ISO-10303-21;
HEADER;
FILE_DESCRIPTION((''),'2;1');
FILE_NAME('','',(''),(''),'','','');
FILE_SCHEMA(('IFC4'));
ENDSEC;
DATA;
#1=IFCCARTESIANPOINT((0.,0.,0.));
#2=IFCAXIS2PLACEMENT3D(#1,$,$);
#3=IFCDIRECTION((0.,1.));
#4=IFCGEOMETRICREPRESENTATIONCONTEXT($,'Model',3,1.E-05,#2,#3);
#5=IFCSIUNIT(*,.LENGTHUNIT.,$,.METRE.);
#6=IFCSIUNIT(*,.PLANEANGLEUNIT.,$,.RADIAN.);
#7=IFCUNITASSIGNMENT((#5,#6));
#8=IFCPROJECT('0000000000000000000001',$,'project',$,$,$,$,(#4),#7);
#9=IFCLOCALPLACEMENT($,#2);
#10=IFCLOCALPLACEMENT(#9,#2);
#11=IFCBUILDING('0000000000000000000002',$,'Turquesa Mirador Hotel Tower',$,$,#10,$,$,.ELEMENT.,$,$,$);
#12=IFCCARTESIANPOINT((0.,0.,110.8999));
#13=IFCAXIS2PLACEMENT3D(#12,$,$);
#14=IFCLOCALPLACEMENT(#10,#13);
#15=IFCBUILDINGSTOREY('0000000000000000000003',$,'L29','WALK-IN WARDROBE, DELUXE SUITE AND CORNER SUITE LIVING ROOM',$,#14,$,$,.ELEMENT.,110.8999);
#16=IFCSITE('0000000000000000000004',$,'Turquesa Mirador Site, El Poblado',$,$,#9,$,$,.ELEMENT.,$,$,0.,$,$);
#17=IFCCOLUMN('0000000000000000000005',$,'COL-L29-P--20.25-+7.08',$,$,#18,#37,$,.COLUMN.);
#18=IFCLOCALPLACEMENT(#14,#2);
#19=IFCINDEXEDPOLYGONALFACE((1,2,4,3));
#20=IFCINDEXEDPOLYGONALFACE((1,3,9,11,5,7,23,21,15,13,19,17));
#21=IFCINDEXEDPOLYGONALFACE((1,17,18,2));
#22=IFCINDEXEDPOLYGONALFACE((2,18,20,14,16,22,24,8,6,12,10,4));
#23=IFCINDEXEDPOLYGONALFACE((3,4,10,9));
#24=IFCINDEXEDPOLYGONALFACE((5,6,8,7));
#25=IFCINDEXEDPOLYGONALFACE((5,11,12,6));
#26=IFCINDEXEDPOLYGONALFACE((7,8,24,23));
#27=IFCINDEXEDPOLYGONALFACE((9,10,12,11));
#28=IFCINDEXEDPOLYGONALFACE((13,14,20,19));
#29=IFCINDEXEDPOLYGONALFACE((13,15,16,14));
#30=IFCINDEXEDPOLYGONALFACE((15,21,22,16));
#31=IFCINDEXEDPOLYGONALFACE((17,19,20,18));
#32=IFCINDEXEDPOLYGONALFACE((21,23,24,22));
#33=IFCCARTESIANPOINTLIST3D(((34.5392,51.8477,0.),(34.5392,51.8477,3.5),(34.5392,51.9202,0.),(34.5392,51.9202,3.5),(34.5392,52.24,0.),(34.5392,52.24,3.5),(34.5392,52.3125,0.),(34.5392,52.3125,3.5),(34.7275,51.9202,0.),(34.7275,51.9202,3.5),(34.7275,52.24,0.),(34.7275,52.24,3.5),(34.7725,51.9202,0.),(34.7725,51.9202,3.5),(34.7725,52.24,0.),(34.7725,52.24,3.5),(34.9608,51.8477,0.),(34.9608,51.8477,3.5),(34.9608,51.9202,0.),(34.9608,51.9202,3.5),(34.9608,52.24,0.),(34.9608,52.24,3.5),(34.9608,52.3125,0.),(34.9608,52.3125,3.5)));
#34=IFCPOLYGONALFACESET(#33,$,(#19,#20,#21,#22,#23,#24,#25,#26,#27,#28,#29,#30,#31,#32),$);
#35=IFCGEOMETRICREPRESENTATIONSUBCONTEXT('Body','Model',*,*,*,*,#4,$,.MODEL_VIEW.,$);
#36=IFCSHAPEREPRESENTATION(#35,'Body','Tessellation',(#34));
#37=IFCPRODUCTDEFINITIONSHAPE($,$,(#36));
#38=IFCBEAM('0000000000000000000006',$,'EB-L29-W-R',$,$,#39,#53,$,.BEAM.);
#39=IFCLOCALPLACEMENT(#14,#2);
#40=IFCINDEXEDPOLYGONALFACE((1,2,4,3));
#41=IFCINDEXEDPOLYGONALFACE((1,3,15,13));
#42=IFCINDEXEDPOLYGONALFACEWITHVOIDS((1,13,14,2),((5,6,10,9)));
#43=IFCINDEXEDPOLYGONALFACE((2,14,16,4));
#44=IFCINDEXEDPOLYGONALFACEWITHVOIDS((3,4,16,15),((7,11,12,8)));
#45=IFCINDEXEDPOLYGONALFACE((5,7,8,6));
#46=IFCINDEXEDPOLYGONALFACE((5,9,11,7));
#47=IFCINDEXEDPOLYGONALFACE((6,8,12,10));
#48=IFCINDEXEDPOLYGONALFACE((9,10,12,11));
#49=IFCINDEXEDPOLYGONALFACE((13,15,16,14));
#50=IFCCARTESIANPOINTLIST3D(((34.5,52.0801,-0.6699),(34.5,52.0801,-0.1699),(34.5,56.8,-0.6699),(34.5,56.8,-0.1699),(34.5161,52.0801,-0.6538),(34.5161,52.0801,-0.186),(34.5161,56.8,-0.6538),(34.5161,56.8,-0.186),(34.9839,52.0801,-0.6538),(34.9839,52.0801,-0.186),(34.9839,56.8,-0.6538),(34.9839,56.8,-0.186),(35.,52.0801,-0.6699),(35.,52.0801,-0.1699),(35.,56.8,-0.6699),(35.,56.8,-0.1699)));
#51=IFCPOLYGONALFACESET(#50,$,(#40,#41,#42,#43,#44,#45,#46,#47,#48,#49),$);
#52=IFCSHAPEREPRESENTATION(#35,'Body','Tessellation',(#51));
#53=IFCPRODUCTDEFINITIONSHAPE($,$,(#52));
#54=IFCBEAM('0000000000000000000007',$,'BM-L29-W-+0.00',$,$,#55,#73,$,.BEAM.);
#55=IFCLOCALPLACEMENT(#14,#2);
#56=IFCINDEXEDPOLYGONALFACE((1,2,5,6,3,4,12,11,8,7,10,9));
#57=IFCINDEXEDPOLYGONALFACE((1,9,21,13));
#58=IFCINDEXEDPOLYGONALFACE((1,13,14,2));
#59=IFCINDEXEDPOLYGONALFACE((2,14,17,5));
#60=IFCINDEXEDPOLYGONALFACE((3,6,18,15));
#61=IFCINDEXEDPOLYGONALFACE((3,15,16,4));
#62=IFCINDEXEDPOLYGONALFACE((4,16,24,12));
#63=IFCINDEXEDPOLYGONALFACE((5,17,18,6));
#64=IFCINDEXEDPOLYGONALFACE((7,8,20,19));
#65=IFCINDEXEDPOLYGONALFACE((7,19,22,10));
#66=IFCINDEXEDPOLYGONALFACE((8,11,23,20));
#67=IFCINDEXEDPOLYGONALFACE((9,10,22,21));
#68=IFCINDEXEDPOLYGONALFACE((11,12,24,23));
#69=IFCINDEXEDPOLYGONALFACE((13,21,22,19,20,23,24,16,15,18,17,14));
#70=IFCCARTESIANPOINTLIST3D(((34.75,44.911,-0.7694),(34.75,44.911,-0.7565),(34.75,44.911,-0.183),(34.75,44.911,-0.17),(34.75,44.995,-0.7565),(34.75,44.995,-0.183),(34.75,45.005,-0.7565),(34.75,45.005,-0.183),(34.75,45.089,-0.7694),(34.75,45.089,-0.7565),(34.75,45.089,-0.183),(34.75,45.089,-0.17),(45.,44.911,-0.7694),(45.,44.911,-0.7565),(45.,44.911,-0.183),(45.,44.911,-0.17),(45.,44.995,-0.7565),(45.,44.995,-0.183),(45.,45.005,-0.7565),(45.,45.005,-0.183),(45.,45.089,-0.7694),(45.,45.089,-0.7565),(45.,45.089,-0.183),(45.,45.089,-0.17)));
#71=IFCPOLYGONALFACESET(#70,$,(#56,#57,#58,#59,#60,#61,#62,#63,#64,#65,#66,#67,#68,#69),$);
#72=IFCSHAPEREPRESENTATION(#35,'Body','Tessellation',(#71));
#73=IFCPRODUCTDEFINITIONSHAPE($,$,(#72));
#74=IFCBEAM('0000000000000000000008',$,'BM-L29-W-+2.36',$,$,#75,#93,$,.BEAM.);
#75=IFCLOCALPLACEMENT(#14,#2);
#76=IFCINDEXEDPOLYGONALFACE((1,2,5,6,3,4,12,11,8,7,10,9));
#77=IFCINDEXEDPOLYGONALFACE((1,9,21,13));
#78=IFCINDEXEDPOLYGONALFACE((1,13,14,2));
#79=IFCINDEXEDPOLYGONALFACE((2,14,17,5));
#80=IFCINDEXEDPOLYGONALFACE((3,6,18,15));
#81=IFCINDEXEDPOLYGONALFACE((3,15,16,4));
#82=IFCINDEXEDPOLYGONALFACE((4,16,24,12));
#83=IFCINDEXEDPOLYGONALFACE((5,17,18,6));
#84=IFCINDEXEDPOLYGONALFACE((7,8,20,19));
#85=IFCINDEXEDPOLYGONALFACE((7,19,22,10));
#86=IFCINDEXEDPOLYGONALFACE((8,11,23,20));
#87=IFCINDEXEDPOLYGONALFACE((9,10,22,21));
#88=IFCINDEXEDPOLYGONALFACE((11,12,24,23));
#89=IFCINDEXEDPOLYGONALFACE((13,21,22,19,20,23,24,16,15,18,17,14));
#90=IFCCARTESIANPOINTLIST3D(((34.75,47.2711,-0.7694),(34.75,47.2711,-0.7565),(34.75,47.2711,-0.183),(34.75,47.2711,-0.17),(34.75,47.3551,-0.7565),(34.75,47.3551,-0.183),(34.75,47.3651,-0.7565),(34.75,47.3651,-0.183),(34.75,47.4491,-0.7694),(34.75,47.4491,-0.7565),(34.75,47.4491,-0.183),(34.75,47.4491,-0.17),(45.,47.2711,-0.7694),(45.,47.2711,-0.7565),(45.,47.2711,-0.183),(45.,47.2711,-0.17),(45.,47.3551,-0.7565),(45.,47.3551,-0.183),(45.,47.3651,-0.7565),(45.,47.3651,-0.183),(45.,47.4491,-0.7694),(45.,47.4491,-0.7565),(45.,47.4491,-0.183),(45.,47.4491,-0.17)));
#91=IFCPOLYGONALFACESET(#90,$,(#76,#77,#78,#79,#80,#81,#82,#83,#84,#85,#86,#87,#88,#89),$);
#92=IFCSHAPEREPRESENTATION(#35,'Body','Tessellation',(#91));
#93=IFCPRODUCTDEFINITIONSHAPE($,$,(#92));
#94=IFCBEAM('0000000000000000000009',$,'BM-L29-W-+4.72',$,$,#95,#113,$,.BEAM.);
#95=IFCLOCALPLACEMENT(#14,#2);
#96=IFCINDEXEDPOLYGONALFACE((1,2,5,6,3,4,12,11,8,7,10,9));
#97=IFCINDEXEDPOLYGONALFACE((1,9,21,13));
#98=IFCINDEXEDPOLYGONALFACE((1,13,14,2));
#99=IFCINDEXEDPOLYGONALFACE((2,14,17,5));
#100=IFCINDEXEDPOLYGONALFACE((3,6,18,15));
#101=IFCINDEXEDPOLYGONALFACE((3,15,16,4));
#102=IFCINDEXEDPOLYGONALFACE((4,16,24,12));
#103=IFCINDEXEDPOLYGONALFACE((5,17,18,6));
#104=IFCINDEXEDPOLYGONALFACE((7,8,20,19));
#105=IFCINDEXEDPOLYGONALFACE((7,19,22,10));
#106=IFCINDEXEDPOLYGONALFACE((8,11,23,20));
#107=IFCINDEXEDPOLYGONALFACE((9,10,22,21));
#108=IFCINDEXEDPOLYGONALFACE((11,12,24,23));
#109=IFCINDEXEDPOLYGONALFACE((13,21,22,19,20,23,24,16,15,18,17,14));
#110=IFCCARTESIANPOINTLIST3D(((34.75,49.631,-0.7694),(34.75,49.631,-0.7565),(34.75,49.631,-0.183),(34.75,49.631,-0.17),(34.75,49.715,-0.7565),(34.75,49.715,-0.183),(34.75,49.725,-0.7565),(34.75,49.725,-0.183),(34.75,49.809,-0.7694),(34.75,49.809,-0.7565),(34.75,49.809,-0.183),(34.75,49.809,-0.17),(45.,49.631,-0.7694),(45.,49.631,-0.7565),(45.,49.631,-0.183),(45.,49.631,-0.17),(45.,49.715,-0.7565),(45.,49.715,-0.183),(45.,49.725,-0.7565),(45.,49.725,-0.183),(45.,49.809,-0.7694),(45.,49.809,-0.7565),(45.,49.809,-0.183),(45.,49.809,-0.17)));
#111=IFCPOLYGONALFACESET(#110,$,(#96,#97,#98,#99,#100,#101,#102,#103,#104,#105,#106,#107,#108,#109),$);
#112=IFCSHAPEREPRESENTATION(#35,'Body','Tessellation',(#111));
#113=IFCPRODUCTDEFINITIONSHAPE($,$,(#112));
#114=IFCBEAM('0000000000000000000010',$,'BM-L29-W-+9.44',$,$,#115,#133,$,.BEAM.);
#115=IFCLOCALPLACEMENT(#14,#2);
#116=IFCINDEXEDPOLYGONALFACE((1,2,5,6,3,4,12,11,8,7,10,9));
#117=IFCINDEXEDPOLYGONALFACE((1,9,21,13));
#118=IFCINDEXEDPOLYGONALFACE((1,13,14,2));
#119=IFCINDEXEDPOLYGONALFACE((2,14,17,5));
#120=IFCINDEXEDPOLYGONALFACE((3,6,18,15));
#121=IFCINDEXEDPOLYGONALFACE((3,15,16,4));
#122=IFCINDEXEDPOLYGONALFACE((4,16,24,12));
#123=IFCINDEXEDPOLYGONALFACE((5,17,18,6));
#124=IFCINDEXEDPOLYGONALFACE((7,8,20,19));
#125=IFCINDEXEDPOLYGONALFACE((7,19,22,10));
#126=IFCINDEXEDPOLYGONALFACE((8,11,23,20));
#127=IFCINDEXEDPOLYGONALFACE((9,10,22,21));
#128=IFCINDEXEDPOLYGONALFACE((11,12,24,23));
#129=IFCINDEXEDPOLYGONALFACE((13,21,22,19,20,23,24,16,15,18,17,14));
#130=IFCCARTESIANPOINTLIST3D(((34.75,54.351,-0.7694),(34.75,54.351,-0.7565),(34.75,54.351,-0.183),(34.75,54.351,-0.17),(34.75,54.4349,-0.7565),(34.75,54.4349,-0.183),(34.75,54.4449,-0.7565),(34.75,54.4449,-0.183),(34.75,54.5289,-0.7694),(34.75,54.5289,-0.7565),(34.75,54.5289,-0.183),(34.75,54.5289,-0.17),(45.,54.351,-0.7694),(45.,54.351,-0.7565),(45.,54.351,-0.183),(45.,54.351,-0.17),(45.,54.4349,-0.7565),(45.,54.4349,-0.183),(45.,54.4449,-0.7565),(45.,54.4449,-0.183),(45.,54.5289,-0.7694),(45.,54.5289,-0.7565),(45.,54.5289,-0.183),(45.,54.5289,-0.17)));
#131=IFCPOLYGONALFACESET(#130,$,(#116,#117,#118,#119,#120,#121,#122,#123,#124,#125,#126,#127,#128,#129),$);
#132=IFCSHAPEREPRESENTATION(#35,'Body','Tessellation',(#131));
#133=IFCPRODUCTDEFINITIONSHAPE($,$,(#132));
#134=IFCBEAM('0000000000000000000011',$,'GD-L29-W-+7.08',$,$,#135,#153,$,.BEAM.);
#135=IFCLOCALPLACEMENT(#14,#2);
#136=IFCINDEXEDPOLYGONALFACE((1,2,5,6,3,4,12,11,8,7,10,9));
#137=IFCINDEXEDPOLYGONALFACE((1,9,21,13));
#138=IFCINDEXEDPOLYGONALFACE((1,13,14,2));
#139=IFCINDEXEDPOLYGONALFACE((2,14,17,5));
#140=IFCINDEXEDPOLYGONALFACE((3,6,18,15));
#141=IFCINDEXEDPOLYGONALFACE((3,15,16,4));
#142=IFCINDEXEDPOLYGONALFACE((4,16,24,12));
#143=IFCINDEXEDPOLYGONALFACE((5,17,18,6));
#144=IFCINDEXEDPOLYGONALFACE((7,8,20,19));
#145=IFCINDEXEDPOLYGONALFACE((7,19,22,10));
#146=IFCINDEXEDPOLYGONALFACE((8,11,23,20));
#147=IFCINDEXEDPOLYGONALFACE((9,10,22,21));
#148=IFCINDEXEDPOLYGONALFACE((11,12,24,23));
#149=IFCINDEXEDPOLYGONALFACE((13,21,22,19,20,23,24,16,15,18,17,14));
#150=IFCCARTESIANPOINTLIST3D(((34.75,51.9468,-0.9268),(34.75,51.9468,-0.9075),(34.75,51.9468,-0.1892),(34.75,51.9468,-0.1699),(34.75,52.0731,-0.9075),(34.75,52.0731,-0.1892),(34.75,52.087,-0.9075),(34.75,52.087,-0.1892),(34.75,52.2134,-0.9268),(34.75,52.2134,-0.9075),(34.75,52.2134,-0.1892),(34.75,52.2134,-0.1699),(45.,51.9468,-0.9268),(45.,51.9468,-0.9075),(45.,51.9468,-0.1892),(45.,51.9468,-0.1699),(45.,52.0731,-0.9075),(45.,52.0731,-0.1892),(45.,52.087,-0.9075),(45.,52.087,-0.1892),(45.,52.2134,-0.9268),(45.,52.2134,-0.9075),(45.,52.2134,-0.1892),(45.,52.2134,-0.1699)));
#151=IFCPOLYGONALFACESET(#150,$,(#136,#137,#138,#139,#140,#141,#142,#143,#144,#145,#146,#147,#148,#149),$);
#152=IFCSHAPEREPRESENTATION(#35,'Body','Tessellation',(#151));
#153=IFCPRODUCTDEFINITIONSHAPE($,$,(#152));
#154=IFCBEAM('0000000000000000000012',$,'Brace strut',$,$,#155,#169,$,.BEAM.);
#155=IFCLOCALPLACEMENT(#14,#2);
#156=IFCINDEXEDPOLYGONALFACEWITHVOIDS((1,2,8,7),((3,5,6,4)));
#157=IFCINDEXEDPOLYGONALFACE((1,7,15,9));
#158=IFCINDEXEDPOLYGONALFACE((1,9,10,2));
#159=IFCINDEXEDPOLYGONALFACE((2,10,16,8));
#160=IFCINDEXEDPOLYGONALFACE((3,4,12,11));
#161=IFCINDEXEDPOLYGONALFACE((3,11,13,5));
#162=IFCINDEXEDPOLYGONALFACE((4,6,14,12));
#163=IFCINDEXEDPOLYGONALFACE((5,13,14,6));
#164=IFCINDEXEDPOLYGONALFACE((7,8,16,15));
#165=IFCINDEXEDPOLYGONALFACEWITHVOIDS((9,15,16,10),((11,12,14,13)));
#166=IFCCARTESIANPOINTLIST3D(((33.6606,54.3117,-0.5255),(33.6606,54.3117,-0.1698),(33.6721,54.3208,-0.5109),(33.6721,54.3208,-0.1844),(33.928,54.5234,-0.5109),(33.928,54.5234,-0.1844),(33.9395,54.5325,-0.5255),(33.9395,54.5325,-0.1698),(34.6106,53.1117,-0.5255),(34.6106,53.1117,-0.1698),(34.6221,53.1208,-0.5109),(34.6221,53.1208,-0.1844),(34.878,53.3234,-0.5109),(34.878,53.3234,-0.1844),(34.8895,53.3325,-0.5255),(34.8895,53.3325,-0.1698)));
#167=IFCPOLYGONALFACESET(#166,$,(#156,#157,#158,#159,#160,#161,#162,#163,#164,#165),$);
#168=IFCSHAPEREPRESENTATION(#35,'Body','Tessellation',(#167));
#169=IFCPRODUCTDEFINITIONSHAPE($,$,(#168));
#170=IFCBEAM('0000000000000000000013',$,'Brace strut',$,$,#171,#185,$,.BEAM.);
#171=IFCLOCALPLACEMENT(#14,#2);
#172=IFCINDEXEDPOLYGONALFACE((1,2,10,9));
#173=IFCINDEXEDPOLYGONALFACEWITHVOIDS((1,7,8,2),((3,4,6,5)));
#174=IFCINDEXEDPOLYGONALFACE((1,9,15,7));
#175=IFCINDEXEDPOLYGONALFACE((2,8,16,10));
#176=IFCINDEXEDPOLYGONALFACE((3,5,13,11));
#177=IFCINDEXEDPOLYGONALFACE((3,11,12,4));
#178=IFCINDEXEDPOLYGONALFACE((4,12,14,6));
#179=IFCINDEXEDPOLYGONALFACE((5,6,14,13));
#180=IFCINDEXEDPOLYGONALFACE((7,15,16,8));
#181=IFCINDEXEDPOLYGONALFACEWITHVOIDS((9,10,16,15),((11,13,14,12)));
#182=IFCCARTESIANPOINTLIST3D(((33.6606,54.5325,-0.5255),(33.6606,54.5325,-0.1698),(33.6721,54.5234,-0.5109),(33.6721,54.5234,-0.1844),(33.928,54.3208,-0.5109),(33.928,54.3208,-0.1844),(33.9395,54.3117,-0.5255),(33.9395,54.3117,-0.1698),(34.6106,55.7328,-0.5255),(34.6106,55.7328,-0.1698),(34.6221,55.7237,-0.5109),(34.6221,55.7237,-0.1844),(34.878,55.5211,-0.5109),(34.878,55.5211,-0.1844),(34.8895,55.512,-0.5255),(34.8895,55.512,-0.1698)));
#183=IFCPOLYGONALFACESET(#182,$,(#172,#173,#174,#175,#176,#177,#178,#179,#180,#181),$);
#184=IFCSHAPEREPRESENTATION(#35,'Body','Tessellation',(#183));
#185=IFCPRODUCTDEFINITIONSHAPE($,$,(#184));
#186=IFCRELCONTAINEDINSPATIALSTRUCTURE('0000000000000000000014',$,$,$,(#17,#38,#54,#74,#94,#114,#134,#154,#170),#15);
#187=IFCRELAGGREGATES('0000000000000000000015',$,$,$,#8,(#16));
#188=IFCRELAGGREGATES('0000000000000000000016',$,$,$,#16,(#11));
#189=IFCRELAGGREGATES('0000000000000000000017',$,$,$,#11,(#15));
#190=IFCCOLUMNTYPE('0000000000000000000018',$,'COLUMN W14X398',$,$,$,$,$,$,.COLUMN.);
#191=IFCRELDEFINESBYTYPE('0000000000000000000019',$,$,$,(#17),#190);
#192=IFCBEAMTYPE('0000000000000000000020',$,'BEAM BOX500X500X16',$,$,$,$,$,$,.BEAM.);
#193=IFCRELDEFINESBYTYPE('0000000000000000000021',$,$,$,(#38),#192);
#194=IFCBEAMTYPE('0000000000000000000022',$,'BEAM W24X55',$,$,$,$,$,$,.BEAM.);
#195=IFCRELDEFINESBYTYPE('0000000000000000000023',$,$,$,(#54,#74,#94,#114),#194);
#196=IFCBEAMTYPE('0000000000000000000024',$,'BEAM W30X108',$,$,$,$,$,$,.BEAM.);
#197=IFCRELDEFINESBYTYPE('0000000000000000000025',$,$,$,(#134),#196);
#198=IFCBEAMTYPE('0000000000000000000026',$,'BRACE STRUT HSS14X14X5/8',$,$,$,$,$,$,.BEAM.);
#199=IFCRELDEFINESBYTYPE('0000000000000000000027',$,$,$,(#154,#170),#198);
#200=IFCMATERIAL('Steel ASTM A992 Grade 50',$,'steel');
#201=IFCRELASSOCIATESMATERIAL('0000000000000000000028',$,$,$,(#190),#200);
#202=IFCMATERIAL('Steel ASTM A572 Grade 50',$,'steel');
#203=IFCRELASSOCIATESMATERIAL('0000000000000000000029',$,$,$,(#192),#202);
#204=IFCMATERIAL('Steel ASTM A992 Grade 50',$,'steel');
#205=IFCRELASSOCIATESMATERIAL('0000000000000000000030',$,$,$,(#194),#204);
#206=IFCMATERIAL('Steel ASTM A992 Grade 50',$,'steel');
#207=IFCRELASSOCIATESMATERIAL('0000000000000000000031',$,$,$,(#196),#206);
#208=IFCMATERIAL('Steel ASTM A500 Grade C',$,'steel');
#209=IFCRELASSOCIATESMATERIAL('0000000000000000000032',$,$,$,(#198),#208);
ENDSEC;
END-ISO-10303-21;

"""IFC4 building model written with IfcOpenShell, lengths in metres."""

from ifc_helpers import new_model, si_unit, direction, frame, origin, origin_2d, place, context, subcontext, project, spatial, hollow_rectangle, i_section, extrude, material, material_profile, profile_set, type_object, element, save


model = new_model("IFC4")

# Units and contexts
model_context = context("Model", 3, precision=1e-05, world=origin(), true_north=direction((0.0, 1.0)))
body_context = subcontext(model_context, "Body", "Model", "MODEL_VIEW")
ifc_project = project(units=[si_unit("LENGTHUNIT", "METRE"), si_unit("PLANEANGLEUNIT", "RADIAN")], contexts=[model_context])

# Site, building, storey
site_placement = place(None, origin())
site = spatial("IfcSite", under=ifc_project, at=site_placement, Name="Turquesa Mirador Site, El Poblado", CompositionType="ELEMENT", RefElevation=0.0)
building_placement = place(site_placement, origin())
building = spatial("IfcBuilding", under=site, at=building_placement, Name="Turquesa Mirador Hotel Tower", CompositionType="ELEMENT")
storey_placement = place(building_placement, frame((0.0, 0.0, 110.8999)))
storey = spatial("IfcBuildingStorey", under=building, at=storey_placement, Name="L29", Description="WALK-IN WARDROBE, DELUXE SUITE AND CORNER SUITE LIVING ROOM", CompositionType="ELEMENT", Elevation=110.8999)

# Column
ifc_material_1 = material(Name="Steel ASTM A992 Grade 50", Category="steel")
ifc_material_profile_1 = material_profile(ifc_material_1, i_section(OverallWidth=0.4216, OverallDepth=0.4648, WebThickness=0.0449, FlangeThickness=0.0725, at=origin_2d()), Name="W14X398")
ifc_profile_set_1 = profile_set([ifc_material_profile_1], Name="Steel ASTM A992 Grade 50")
column_type = type_object("IfcColumnType", Name="COLUMN W14X398", PredefinedType="COLUMN", material=ifc_profile_set_1)
column_placement = place(storey_placement, frame((34.75, 52.0801, 0.0), z_axis=(0.0, 0.0, 1.0), x_axis=(1.0, 0.0, 0.0)))
element("IfcColumn", 1, at=column_placement, inside=storey, type_object=column_type, Name="COL-L29-P--20.25-+7.08", PredefinedType="COLUMN", context=body_context, shape_type="SweptSolid", body=[
    extrude(i_section(OverallWidth=0.4216, OverallDepth=0.4648, WebThickness=0.0449, FlangeThickness=0.0725, at=origin_2d()), origin(), (0.0, 0.0, 1.0), 3.5),
])

# Beams
ifc_material_2 = material(Name="Steel ASTM A572 Grade 50", Category="steel")
ifc_material_profile_2 = material_profile(ifc_material_2, hollow_rectangle(XDim=0.5, YDim=0.5, WallThickness=0.0161, at=origin_2d()), Name="BOX500X500X16")
ifc_profile_set_2 = profile_set([ifc_material_profile_2], Name="Steel ASTM A572 Grade 50")
beam_type_1 = type_object("IfcBeamType", Name="BEAM BOX500X500X16", PredefinedType="BEAM", material=ifc_profile_set_2)
beam_1_placement = place(storey_placement, frame((34.75, 52.0801, -0.4199), z_axis=(0.0, 1.0, 0.0), x_axis=(-1.0, 0.0, 0.0)))
element("IfcBeam", 2, at=beam_1_placement, inside=storey, type_object=beam_type_1, Name="EB-L29-W-R", PredefinedType="BEAM", context=body_context, shape_type="SweptSolid", body=[
    extrude(hollow_rectangle(XDim=0.5, YDim=0.5, WallThickness=0.0161, at=origin_2d()), origin(), (0.0, 0.0, 1.0), 4.72),
])
ifc_material_3 = material(Name="Steel ASTM A992 Grade 50", Category="steel")
ifc_material_profile_3 = material_profile(ifc_material_3, i_section(OverallWidth=0.178, OverallDepth=0.5994, WebThickness=0.01, FlangeThickness=0.0129, at=origin_2d()), Name="W24X55")
ifc_profile_set_3 = profile_set([ifc_material_profile_3], Name="Steel ASTM A992 Grade 50")
beam_type_2 = type_object("IfcBeamType", Name="BEAM W24X55", PredefinedType="BEAM", material=ifc_profile_set_3)
for number, where, z_axis, x_axis, name in (
    (3, (34.75, 45.0, -0.4697), (1.0, 0.0, 0.0), (0.0, 1.0, 0.0), "BM-L29-W-+0.00"),
    (4, (34.75, 47.3601, -0.4697), (1.0, 0.0, 0.0), (0.0, 1.0, 0.0), "BM-L29-W-+2.36"),
    (5, (34.75, 49.72, -0.4697), (1.0, 0.0, 0.0), (0.0, 1.0, 0.0), "BM-L29-W-+4.72"),
    (6, (34.75, 54.4399, -0.4697), (1.0, 0.0, 0.0), (0.0, 1.0, 0.0), "BM-L29-W-+9.44"),
):
    element("IfcBeam", number, at=place(storey_placement, frame(where, z_axis=z_axis, x_axis=x_axis)), inside=storey, type_object=beam_type_2, Name=name, PredefinedType="BEAM", context=body_context, shape_type="SweptSolid", body=[
        extrude(i_section(OverallWidth=0.178, OverallDepth=0.5994, WebThickness=0.01, FlangeThickness=0.0129, at=origin_2d()), origin(), (0.0, 0.0, 1.0), 10.25),
    ])
ifc_material_4 = material(Name="Steel ASTM A992 Grade 50", Category="steel")
ifc_material_profile_4 = material_profile(ifc_material_4, i_section(OverallWidth=0.2666, OverallDepth=0.7568, WebThickness=0.0139, FlangeThickness=0.0193, at=origin_2d()), Name="W30X108")
ifc_profile_set_4 = profile_set([ifc_material_profile_4], Name="Steel ASTM A992 Grade 50")
beam_type_3 = type_object("IfcBeamType", Name="BEAM W30X108", PredefinedType="BEAM", material=ifc_profile_set_4)
beam_2_placement = place(storey_placement, frame((34.75, 52.0801, -0.5483), z_axis=(1.0, 0.0, 0.0), x_axis=(0.0, 1.0, 0.0)))
element("IfcBeam", 7, at=beam_2_placement, inside=storey, type_object=beam_type_3, Name="GD-L29-W-+7.08", PredefinedType="BEAM", context=body_context, shape_type="SweptSolid", body=[
    extrude(i_section(OverallWidth=0.2666, OverallDepth=0.7568, WebThickness=0.0139, FlangeThickness=0.0193, at=origin_2d()), origin(), (0.0, 0.0, 1.0), 10.25),
])
ifc_material_5 = material(Name="Steel ASTM A500 Grade C", Category="steel")
ifc_material_profile_5 = material_profile(ifc_material_5, hollow_rectangle(XDim=0.3557, YDim=0.3557, WallThickness=0.0146, at=origin_2d()), Name="HSS14X14X5/8")
ifc_profile_set_5 = profile_set([ifc_material_profile_5], Name="Steel ASTM A500 Grade C")
beam_type_4 = type_object("IfcBeamType", Name="BRACE STRUT HSS14X14X5/8", PredefinedType="BEAM", material=ifc_profile_set_5)
beam_3_placement = place(storey_placement, frame((33.8, 54.4221, -0.3477), z_axis=(0.620699, -0.784049, 0.0), x_axis=(0.784049, 0.620699, 0.0)))
element("IfcBeam", 8, at=beam_3_placement, inside=storey, type_object=beam_type_4, Name="Brace strut", PredefinedType="BEAM", context=body_context, shape_type="SweptSolid", body=[
    extrude(hollow_rectangle(XDim=0.3557, YDim=0.3557, WallThickness=0.0146, at=origin_2d()), origin(), (0.0, 0.0, 1.0), 1.5305),
])
beam_4_placement = place(storey_placement, frame((33.8, 54.4221, -0.3477), z_axis=(0.620621, 0.784111, 0.0), x_axis=(-0.784111, 0.620621, 0.0)))
element("IfcBeam", 9, at=beam_4_placement, inside=storey, type_object=beam_type_4, Name="Brace strut", PredefinedType="BEAM", context=body_context, shape_type="SweptSolid", body=[
    extrude(hollow_rectangle(XDim=0.3557, YDim=0.3557, WallThickness=0.0146, at=origin_2d()), origin(), (0.0, 0.0, 1.0), 1.5308),
])

save(model, "model.ifc")
